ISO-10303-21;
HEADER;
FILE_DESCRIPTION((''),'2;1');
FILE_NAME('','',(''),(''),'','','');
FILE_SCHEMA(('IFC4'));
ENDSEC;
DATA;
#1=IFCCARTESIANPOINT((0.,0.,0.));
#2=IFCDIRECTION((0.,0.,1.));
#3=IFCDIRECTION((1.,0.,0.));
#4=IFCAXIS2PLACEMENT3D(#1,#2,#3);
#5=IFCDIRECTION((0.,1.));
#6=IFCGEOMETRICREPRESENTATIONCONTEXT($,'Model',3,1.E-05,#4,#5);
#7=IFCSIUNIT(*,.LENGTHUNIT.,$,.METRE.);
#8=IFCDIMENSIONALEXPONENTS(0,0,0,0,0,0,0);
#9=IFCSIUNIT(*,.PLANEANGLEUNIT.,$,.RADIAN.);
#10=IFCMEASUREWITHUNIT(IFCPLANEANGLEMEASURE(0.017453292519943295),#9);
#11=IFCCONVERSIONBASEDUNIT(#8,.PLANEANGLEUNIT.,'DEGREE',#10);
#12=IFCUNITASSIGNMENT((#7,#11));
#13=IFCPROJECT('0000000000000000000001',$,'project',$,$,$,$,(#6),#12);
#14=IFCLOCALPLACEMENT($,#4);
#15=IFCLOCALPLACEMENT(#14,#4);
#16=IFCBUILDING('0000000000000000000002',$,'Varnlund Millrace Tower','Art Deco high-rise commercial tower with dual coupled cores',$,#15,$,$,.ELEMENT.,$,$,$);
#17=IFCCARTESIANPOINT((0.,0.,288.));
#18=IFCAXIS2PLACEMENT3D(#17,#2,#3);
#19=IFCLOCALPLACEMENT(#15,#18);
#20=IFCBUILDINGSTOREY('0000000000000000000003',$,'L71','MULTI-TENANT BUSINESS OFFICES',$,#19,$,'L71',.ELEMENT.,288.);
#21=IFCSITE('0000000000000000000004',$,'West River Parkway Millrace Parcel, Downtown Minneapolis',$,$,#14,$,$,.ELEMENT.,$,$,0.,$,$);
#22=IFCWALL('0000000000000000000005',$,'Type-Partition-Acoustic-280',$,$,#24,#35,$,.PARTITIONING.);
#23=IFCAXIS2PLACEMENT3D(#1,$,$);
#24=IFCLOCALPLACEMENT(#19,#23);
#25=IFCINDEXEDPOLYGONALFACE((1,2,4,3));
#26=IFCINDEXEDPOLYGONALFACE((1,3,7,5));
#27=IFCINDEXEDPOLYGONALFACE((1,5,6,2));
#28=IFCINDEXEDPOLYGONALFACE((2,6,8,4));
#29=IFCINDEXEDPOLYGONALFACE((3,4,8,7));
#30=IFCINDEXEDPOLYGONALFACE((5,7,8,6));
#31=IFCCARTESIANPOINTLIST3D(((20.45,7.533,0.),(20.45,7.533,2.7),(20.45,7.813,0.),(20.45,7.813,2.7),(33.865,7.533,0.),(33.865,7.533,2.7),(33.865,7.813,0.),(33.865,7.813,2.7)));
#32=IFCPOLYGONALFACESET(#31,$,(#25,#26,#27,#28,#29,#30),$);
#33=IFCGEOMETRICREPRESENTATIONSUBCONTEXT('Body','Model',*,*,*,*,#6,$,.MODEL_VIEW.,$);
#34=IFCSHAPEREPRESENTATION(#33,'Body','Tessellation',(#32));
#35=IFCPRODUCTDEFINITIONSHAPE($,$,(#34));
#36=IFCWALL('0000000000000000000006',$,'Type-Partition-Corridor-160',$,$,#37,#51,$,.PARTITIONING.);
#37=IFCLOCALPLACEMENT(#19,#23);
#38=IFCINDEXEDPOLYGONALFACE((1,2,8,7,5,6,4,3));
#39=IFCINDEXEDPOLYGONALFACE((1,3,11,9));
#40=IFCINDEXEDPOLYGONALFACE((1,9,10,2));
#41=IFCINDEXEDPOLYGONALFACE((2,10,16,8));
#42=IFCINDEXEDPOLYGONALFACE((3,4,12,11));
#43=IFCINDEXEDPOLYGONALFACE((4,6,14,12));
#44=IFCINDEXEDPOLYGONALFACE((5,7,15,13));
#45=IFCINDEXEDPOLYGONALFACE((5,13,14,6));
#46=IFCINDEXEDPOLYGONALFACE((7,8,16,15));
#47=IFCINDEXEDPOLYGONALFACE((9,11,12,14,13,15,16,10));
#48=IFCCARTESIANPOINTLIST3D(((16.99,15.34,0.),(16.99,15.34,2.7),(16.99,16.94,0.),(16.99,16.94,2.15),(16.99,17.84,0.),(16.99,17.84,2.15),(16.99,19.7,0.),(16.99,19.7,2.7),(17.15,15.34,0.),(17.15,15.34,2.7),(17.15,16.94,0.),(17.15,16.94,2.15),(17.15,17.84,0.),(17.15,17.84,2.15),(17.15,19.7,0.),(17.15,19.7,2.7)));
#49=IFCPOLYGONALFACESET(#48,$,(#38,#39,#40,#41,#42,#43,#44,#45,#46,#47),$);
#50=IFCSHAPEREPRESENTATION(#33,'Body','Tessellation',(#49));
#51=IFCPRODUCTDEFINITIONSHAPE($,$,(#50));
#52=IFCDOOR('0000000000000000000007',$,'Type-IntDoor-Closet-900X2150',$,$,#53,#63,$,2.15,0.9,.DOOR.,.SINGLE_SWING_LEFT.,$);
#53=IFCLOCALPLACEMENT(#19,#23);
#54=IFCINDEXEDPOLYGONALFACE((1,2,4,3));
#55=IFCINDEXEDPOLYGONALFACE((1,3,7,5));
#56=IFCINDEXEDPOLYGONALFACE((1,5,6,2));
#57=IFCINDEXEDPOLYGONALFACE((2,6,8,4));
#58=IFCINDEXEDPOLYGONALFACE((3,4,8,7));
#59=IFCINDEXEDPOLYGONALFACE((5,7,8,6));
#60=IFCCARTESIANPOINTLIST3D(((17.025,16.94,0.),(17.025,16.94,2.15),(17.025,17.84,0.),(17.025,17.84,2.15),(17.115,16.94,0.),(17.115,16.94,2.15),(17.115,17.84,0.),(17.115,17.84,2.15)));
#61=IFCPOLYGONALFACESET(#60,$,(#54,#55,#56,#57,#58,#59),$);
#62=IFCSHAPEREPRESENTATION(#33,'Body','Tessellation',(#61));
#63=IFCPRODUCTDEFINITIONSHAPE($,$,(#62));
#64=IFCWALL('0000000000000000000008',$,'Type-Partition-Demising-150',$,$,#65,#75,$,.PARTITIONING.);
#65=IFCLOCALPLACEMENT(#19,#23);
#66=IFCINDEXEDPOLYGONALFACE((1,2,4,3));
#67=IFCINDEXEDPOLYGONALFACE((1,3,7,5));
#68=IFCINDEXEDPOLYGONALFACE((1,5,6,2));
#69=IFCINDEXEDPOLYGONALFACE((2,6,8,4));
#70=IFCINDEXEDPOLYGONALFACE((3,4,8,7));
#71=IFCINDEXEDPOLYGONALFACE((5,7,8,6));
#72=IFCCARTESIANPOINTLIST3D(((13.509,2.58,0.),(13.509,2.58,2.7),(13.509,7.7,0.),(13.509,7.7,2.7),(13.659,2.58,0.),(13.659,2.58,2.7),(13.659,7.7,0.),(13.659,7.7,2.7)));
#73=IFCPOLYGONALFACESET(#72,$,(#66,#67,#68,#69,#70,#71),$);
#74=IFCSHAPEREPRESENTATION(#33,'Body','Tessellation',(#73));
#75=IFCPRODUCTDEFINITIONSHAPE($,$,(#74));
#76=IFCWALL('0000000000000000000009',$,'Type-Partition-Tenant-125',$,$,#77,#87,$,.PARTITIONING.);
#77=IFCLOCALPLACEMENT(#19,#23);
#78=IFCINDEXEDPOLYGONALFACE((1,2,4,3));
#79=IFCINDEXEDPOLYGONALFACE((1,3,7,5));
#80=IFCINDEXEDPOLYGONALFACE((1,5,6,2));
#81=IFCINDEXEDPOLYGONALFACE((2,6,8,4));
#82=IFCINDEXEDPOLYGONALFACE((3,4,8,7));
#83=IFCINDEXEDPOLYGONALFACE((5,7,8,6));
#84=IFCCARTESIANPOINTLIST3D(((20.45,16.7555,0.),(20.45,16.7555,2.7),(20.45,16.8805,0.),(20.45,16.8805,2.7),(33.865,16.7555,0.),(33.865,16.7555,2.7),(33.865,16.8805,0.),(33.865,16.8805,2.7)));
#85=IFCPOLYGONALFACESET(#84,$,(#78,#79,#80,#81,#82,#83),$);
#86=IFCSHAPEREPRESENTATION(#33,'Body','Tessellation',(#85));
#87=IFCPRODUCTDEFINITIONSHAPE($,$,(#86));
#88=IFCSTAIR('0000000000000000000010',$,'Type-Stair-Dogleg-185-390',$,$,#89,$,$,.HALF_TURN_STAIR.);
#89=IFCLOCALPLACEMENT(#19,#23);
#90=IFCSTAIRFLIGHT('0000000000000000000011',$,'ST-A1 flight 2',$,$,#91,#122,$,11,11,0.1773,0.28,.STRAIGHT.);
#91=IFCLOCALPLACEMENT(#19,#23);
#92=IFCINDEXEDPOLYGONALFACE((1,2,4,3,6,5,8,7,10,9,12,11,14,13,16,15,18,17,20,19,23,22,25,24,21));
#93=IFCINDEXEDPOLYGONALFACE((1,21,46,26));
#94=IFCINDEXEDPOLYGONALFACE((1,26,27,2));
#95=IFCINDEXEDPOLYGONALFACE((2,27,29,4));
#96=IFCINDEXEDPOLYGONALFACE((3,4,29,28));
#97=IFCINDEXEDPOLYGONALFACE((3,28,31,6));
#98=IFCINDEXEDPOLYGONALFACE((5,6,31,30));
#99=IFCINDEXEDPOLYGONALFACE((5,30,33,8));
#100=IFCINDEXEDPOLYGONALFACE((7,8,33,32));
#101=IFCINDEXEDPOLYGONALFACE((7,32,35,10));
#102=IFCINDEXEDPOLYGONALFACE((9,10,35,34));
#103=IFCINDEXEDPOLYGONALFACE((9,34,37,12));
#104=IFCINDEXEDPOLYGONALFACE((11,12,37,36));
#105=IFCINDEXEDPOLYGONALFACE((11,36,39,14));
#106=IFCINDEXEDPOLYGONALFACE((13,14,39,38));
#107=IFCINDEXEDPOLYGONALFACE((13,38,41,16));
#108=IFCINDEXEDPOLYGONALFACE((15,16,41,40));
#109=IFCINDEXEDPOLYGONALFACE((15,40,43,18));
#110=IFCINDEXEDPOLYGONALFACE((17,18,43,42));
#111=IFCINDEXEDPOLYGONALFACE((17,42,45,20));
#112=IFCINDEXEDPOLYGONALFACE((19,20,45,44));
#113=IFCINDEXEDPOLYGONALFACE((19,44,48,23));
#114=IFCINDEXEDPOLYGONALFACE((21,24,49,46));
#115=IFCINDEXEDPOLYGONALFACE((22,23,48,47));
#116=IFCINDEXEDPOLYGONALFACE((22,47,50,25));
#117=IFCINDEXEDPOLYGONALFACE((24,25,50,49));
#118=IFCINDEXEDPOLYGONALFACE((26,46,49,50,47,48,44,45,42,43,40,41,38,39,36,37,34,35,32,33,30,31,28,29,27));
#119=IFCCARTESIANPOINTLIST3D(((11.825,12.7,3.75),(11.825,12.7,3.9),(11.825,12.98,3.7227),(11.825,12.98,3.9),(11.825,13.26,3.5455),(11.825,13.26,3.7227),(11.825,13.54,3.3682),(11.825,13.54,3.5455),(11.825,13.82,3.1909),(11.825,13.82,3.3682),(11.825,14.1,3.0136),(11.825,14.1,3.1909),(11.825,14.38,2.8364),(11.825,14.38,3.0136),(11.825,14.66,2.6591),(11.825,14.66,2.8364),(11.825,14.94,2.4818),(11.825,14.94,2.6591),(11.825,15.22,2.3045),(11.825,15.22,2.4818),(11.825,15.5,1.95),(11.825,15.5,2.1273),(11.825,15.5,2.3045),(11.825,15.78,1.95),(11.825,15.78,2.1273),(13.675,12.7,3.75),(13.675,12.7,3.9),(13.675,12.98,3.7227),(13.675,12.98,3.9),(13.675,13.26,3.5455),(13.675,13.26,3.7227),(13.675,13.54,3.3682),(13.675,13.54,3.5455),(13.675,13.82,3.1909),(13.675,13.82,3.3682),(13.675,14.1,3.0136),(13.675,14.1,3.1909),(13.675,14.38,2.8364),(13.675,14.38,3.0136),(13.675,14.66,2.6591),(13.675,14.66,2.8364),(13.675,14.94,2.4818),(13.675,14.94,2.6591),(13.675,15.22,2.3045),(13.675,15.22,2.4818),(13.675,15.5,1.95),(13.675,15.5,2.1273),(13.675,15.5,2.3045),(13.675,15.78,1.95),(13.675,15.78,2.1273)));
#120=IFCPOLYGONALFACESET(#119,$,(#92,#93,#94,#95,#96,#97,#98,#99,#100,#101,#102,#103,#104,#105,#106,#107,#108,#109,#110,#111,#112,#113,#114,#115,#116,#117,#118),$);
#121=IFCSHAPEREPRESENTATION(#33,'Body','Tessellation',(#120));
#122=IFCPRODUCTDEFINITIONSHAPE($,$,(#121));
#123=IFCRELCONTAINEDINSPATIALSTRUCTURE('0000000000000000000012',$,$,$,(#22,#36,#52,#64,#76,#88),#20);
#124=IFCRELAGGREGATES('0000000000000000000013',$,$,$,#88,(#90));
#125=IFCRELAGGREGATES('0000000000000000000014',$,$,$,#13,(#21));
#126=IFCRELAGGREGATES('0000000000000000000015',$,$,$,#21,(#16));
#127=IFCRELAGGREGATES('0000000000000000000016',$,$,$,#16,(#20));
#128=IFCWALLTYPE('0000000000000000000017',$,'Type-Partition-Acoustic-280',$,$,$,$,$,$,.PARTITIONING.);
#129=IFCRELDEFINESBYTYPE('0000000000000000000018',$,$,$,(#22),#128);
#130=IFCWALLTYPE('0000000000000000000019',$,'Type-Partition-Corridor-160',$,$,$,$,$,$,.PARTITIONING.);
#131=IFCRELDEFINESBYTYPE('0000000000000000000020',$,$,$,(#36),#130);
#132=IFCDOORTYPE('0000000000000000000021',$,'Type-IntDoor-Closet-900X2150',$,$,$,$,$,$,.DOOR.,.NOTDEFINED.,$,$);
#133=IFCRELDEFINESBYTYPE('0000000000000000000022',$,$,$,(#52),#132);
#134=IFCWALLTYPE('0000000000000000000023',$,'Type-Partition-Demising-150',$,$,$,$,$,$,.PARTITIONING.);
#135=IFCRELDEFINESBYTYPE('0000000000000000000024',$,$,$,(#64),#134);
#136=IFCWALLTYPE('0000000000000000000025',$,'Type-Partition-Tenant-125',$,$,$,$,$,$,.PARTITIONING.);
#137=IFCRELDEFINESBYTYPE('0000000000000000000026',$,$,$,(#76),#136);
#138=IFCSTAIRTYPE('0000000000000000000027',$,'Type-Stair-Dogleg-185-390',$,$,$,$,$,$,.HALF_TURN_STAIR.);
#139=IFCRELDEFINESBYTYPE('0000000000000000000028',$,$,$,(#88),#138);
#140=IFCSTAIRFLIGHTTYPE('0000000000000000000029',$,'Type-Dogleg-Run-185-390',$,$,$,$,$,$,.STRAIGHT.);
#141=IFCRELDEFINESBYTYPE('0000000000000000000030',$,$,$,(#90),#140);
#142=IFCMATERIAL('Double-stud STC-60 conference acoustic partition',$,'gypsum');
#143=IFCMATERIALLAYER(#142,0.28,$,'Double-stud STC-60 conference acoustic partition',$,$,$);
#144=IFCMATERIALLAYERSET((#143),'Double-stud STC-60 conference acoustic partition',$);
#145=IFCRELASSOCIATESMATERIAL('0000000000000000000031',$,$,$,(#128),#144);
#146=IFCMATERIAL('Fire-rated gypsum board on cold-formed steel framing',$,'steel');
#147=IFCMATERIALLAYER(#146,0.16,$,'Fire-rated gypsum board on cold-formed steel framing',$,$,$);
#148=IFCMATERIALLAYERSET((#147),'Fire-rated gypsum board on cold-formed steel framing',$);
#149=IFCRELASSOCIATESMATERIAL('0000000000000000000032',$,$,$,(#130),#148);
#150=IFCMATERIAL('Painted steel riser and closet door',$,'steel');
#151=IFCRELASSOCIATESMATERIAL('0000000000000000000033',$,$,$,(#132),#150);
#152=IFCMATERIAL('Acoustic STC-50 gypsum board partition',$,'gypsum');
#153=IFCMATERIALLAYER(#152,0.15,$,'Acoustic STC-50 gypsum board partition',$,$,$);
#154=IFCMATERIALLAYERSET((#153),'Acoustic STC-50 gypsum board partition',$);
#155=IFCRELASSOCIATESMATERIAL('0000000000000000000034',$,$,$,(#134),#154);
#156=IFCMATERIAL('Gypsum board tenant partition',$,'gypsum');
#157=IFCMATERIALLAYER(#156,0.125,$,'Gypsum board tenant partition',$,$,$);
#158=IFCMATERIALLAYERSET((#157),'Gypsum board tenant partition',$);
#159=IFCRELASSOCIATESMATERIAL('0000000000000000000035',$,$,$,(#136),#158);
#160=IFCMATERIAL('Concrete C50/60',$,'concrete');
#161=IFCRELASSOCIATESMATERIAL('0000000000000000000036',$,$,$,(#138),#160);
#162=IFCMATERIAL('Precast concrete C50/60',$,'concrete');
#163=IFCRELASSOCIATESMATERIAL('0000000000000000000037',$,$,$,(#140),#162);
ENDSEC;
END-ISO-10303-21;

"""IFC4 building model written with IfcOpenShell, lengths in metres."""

from ifc_helpers import new_model, entity, si_unit, converted_unit, direction, frame, origin_with_axes, origin_2d_with_axis, place, context, subcontext, project, spatial, polyline, rectangle, outline, extrude, material, layer, layer_set, type_object, element, fill, aggregate, save


model = new_model("IFC4")

# Units and contexts
model_context = context("Model", 3, precision=1e-05, world=origin_with_axes(), true_north=direction((0.0, 1.0)))
body_context = subcontext(model_context, "Body", "Model", "MODEL_VIEW")
ifc_project = project(units=[si_unit("LENGTHUNIT", "METRE"), converted_unit("PLANEANGLEUNIT", "DEGREE", entity("IfcPlaneAngleMeasure", 0.017453292519943295), si_unit("PLANEANGLEUNIT", "RADIAN"), dimensions=[0, 0, 0, 0, 0, 0, 0])], contexts=[model_context])

# Site, building, storey
site_placement = place(None, origin_with_axes())
site = spatial("IfcSite", under=ifc_project, at=site_placement, Name="West River Parkway Millrace Parcel, Downtown Minneapolis", CompositionType="ELEMENT", RefElevation=0.0)
building_placement = place(site_placement, origin_with_axes())
building = spatial("IfcBuilding", under=site, at=building_placement, Name="Varnlund Millrace Tower", Description="Art Deco high-rise commercial tower with dual coupled cores", CompositionType="ELEMENT")
storey_placement = place(building_placement, frame((0.0, 0.0, 288.0), z_axis=(0.0, 0.0, 1.0), x_axis=(1.0, 0.0, 0.0)))
storey = spatial("IfcBuildingStorey", under=building, at=storey_placement, Name="L71", Description="MULTI-TENANT BUSINESS OFFICES", LongName="L71", CompositionType="ELEMENT", Elevation=288.0)

# Shared definitions
ifc_material_1 = material(Name="Precast concrete C50/60", Category="concrete")

# Wall
ifc_material_2 = material(Name="Double-stud STC-60 conference acoustic partition", Category="gypsum")
ifc_layer_1 = layer(ifc_material_2, 0.28, Name="Double-stud STC-60 conference acoustic partition")
ifc_layer_set_1 = layer_set([ifc_layer_1], Name="Double-stud STC-60 conference acoustic partition")
wall_type_1 = type_object("IfcWallType", Name="Type-Partition-Acoustic-280", PredefinedType="PARTITIONING", material=ifc_layer_set_1)
wall_1_placement = place(storey_placement, frame((20.45, 7.673, 0.0), z_axis=(0.0, 0.0, 1.0), x_axis=(1.0, 0.0, 0.0)))
element("IfcWall", 1, at=wall_1_placement, inside=storey, type_object=wall_type_1, Name="Type-Partition-Acoustic-280", PredefinedType="PARTITIONING", context=body_context, shape_type="SweptSolid", body=[
    extrude(outline(polyline([(0.0, -0.14), (13.415, -0.14), (13.415, 0.14), (0.0, 0.14), (0.0, -0.14)])), origin_with_axes(), (0.0, 0.0, 1.0), 2.7),
])

# Wall, opening, door
ifc_material_3 = material(Name="Fire-rated gypsum board on cold-formed steel framing", Category="steel")
ifc_layer_2 = layer(ifc_material_3, 0.16, Name="Fire-rated gypsum board on cold-formed steel framing")
ifc_layer_set_2 = layer_set([ifc_layer_2], Name="Fire-rated gypsum board on cold-formed steel framing")
wall_type_2 = type_object("IfcWallType", Name="Type-Partition-Corridor-160", PredefinedType="PARTITIONING", material=ifc_layer_set_2)
wall_2_placement = place(storey_placement, frame((17.07, 15.34, 0.0), z_axis=(0.0, 0.0, 1.0), x_axis=(0.0, 1.0, 0.0)))
wall_2 = element("IfcWall", 2, at=wall_2_placement, inside=storey, type_object=wall_type_2, Name="Type-Partition-Corridor-160", PredefinedType="PARTITIONING", context=body_context, shape_type="SweptSolid", body=[
    extrude(outline(polyline([(0.0, -0.08), (4.36, -0.08), (4.36, 0.08), (0.0, 0.08), (0.0, -0.08)])), origin_with_axes(), (0.0, 0.0, 1.0), 2.7),
])
opening_1_placement = place(wall_2_placement, frame((2.05, 0.0, 0.0), z_axis=(0.0, 0.0, 1.0), x_axis=(1.0, 0.0, 0.0)))
opening_1 = element("IfcOpeningElement", 3, at=opening_1_placement, cuts=wall_2, PredefinedType="OPENING", context=body_context, shape_type="SweptSolid", body=[
    extrude(rectangle(XDim=0.9, YDim=0.18, at=origin_2d_with_axis()), origin_with_axes(), (0.0, 0.0, 1.0), 2.15),
])
ifc_material_4 = material(Name="Painted steel riser and closet door", Category="steel")
door_type_1 = type_object("IfcDoorType", Name="Type-IntDoor-Closet-900X2150", OperationType="NOTDEFINED", PredefinedType="DOOR", material=ifc_material_4)
door_1_placement = place(wall_2_placement, frame((2.05, 0.0, 0.0), z_axis=(0.0, 0.0, 1.0), x_axis=(1.0, 0.0, 0.0)))
door_1 = element("IfcDoor", 4, at=door_1_placement, inside=storey, type_object=door_type_1, Name="Type-IntDoor-Closet-900X2150", OperationType="SINGLE_SWING_LEFT", OverallHeight=2.15, OverallWidth=0.9, PredefinedType="DOOR", context=body_context, shape_type="SweptSolid", body=[
    extrude(rectangle(XDim=0.9, YDim=0.09, at=origin_2d_with_axis()), origin_with_axes(), (0.0, 0.0, 1.0), 2.15),
])
fill(opening_1, door_1)

# Walls
ifc_material_5 = material(Name="Acoustic STC-50 gypsum board partition", Category="gypsum")
ifc_layer_3 = layer(ifc_material_5, 0.15, Name="Acoustic STC-50 gypsum board partition")
ifc_layer_set_3 = layer_set([ifc_layer_3], Name="Acoustic STC-50 gypsum board partition")
wall_type_3 = type_object("IfcWallType", Name="Type-Partition-Demising-150", PredefinedType="PARTITIONING", material=ifc_layer_set_3)
wall_3_placement = place(storey_placement, frame((13.584, 2.58, 0.0), z_axis=(0.0, 0.0, 1.0), x_axis=(0.0, 1.0, 0.0)))
element("IfcWall", 5, at=wall_3_placement, inside=storey, type_object=wall_type_3, Name="Type-Partition-Demising-150", PredefinedType="PARTITIONING", context=body_context, shape_type="SweptSolid", body=[
    extrude(outline(polyline([(0.0, -0.075), (5.12, -0.075), (5.12, 0.075), (0.0, 0.075), (0.0, -0.075)])), origin_with_axes(), (0.0, 0.0, 1.0), 2.7),
])
ifc_material_6 = material(Name="Gypsum board tenant partition", Category="gypsum")
ifc_layer_4 = layer(ifc_material_6, 0.125, Name="Gypsum board tenant partition")
ifc_layer_set_4 = layer_set([ifc_layer_4], Name="Gypsum board tenant partition")
wall_type_4 = type_object("IfcWallType", Name="Type-Partition-Tenant-125", PredefinedType="PARTITIONING", material=ifc_layer_set_4)
wall_4_placement = place(storey_placement, frame((20.45, 16.818, 0.0), z_axis=(0.0, 0.0, 1.0), x_axis=(1.0, 0.0, 0.0)))
element("IfcWall", 6, at=wall_4_placement, inside=storey, type_object=wall_type_4, Name="Type-Partition-Tenant-125", PredefinedType="PARTITIONING", context=body_context, shape_type="SweptSolid", body=[
    extrude(outline(polyline([(0.0, -0.0625), (13.415, -0.0625), (13.415, 0.0625), (0.0, 0.0625), (0.0, -0.0625)])), origin_with_axes(), (0.0, 0.0, 1.0), 2.7),
])

# Stair, stair flight
ifc_material_7 = material(Name="Concrete C50/60", Category="concrete")
stair_type = type_object("IfcStairType", Name="Type-Stair-Dogleg-185-390", PredefinedType="HALF_TURN_STAIR", material=ifc_material_7)
stair_placement = place(storey_placement, origin_with_axes())
stair = element("IfcStair", 7, at=stair_placement, inside=storey, type_object=stair_type, Name="Type-Stair-Dogleg-185-390", PredefinedType="HALF_TURN_STAIR")
stair_flight_type = type_object("IfcStairFlightType", Name="Type-Dogleg-Run-185-390", PredefinedType="STRAIGHT", material=ifc_material_1)
stair_flight_placement = place(storey_placement, frame((13.675, 15.78, 1.95), z_axis=(-1.0, 0.0, 0.0), x_axis=(0.0, -1.0, 0.0)))
stair_flight = element("IfcStairFlight", 8, at=stair_flight_placement, type_object=stair_flight_type, Name="ST-A1 flight 2", NumberOfRisers=11, NumberOfTreads=11, PredefinedType="STRAIGHT", RiserHeight=0.1773, TreadLength=0.28, context=body_context, shape_type="SweptSolid", body=[
    extrude(outline(polyline([(0.0, 0.0), (0.0, 0.1773), (0.28, 0.1773), (0.28, 0.3545), (0.56, 0.3545), (0.56, 0.5318), (0.84, 0.5318), (0.84, 0.7091), (1.12, 0.7091), (1.12, 0.8864), (1.4, 0.8864), (1.4, 1.0636), (1.68, 1.0636), (1.68, 1.2409), (1.96, 1.2409), (1.96, 1.4182), (2.24, 1.4182), (2.24, 1.5955), (2.52, 1.5955), (2.52, 1.7727), (2.8, 1.7727), (2.8, 1.95), (3.08, 1.95), (3.08, 1.8), (0.28, 0.0), (0.0, 0.0)])), origin_with_axes(), (0.0, 0.0, 1.0), 1.85),
])
aggregate(stair, [stair_flight])

save(model, "model.ifc")
